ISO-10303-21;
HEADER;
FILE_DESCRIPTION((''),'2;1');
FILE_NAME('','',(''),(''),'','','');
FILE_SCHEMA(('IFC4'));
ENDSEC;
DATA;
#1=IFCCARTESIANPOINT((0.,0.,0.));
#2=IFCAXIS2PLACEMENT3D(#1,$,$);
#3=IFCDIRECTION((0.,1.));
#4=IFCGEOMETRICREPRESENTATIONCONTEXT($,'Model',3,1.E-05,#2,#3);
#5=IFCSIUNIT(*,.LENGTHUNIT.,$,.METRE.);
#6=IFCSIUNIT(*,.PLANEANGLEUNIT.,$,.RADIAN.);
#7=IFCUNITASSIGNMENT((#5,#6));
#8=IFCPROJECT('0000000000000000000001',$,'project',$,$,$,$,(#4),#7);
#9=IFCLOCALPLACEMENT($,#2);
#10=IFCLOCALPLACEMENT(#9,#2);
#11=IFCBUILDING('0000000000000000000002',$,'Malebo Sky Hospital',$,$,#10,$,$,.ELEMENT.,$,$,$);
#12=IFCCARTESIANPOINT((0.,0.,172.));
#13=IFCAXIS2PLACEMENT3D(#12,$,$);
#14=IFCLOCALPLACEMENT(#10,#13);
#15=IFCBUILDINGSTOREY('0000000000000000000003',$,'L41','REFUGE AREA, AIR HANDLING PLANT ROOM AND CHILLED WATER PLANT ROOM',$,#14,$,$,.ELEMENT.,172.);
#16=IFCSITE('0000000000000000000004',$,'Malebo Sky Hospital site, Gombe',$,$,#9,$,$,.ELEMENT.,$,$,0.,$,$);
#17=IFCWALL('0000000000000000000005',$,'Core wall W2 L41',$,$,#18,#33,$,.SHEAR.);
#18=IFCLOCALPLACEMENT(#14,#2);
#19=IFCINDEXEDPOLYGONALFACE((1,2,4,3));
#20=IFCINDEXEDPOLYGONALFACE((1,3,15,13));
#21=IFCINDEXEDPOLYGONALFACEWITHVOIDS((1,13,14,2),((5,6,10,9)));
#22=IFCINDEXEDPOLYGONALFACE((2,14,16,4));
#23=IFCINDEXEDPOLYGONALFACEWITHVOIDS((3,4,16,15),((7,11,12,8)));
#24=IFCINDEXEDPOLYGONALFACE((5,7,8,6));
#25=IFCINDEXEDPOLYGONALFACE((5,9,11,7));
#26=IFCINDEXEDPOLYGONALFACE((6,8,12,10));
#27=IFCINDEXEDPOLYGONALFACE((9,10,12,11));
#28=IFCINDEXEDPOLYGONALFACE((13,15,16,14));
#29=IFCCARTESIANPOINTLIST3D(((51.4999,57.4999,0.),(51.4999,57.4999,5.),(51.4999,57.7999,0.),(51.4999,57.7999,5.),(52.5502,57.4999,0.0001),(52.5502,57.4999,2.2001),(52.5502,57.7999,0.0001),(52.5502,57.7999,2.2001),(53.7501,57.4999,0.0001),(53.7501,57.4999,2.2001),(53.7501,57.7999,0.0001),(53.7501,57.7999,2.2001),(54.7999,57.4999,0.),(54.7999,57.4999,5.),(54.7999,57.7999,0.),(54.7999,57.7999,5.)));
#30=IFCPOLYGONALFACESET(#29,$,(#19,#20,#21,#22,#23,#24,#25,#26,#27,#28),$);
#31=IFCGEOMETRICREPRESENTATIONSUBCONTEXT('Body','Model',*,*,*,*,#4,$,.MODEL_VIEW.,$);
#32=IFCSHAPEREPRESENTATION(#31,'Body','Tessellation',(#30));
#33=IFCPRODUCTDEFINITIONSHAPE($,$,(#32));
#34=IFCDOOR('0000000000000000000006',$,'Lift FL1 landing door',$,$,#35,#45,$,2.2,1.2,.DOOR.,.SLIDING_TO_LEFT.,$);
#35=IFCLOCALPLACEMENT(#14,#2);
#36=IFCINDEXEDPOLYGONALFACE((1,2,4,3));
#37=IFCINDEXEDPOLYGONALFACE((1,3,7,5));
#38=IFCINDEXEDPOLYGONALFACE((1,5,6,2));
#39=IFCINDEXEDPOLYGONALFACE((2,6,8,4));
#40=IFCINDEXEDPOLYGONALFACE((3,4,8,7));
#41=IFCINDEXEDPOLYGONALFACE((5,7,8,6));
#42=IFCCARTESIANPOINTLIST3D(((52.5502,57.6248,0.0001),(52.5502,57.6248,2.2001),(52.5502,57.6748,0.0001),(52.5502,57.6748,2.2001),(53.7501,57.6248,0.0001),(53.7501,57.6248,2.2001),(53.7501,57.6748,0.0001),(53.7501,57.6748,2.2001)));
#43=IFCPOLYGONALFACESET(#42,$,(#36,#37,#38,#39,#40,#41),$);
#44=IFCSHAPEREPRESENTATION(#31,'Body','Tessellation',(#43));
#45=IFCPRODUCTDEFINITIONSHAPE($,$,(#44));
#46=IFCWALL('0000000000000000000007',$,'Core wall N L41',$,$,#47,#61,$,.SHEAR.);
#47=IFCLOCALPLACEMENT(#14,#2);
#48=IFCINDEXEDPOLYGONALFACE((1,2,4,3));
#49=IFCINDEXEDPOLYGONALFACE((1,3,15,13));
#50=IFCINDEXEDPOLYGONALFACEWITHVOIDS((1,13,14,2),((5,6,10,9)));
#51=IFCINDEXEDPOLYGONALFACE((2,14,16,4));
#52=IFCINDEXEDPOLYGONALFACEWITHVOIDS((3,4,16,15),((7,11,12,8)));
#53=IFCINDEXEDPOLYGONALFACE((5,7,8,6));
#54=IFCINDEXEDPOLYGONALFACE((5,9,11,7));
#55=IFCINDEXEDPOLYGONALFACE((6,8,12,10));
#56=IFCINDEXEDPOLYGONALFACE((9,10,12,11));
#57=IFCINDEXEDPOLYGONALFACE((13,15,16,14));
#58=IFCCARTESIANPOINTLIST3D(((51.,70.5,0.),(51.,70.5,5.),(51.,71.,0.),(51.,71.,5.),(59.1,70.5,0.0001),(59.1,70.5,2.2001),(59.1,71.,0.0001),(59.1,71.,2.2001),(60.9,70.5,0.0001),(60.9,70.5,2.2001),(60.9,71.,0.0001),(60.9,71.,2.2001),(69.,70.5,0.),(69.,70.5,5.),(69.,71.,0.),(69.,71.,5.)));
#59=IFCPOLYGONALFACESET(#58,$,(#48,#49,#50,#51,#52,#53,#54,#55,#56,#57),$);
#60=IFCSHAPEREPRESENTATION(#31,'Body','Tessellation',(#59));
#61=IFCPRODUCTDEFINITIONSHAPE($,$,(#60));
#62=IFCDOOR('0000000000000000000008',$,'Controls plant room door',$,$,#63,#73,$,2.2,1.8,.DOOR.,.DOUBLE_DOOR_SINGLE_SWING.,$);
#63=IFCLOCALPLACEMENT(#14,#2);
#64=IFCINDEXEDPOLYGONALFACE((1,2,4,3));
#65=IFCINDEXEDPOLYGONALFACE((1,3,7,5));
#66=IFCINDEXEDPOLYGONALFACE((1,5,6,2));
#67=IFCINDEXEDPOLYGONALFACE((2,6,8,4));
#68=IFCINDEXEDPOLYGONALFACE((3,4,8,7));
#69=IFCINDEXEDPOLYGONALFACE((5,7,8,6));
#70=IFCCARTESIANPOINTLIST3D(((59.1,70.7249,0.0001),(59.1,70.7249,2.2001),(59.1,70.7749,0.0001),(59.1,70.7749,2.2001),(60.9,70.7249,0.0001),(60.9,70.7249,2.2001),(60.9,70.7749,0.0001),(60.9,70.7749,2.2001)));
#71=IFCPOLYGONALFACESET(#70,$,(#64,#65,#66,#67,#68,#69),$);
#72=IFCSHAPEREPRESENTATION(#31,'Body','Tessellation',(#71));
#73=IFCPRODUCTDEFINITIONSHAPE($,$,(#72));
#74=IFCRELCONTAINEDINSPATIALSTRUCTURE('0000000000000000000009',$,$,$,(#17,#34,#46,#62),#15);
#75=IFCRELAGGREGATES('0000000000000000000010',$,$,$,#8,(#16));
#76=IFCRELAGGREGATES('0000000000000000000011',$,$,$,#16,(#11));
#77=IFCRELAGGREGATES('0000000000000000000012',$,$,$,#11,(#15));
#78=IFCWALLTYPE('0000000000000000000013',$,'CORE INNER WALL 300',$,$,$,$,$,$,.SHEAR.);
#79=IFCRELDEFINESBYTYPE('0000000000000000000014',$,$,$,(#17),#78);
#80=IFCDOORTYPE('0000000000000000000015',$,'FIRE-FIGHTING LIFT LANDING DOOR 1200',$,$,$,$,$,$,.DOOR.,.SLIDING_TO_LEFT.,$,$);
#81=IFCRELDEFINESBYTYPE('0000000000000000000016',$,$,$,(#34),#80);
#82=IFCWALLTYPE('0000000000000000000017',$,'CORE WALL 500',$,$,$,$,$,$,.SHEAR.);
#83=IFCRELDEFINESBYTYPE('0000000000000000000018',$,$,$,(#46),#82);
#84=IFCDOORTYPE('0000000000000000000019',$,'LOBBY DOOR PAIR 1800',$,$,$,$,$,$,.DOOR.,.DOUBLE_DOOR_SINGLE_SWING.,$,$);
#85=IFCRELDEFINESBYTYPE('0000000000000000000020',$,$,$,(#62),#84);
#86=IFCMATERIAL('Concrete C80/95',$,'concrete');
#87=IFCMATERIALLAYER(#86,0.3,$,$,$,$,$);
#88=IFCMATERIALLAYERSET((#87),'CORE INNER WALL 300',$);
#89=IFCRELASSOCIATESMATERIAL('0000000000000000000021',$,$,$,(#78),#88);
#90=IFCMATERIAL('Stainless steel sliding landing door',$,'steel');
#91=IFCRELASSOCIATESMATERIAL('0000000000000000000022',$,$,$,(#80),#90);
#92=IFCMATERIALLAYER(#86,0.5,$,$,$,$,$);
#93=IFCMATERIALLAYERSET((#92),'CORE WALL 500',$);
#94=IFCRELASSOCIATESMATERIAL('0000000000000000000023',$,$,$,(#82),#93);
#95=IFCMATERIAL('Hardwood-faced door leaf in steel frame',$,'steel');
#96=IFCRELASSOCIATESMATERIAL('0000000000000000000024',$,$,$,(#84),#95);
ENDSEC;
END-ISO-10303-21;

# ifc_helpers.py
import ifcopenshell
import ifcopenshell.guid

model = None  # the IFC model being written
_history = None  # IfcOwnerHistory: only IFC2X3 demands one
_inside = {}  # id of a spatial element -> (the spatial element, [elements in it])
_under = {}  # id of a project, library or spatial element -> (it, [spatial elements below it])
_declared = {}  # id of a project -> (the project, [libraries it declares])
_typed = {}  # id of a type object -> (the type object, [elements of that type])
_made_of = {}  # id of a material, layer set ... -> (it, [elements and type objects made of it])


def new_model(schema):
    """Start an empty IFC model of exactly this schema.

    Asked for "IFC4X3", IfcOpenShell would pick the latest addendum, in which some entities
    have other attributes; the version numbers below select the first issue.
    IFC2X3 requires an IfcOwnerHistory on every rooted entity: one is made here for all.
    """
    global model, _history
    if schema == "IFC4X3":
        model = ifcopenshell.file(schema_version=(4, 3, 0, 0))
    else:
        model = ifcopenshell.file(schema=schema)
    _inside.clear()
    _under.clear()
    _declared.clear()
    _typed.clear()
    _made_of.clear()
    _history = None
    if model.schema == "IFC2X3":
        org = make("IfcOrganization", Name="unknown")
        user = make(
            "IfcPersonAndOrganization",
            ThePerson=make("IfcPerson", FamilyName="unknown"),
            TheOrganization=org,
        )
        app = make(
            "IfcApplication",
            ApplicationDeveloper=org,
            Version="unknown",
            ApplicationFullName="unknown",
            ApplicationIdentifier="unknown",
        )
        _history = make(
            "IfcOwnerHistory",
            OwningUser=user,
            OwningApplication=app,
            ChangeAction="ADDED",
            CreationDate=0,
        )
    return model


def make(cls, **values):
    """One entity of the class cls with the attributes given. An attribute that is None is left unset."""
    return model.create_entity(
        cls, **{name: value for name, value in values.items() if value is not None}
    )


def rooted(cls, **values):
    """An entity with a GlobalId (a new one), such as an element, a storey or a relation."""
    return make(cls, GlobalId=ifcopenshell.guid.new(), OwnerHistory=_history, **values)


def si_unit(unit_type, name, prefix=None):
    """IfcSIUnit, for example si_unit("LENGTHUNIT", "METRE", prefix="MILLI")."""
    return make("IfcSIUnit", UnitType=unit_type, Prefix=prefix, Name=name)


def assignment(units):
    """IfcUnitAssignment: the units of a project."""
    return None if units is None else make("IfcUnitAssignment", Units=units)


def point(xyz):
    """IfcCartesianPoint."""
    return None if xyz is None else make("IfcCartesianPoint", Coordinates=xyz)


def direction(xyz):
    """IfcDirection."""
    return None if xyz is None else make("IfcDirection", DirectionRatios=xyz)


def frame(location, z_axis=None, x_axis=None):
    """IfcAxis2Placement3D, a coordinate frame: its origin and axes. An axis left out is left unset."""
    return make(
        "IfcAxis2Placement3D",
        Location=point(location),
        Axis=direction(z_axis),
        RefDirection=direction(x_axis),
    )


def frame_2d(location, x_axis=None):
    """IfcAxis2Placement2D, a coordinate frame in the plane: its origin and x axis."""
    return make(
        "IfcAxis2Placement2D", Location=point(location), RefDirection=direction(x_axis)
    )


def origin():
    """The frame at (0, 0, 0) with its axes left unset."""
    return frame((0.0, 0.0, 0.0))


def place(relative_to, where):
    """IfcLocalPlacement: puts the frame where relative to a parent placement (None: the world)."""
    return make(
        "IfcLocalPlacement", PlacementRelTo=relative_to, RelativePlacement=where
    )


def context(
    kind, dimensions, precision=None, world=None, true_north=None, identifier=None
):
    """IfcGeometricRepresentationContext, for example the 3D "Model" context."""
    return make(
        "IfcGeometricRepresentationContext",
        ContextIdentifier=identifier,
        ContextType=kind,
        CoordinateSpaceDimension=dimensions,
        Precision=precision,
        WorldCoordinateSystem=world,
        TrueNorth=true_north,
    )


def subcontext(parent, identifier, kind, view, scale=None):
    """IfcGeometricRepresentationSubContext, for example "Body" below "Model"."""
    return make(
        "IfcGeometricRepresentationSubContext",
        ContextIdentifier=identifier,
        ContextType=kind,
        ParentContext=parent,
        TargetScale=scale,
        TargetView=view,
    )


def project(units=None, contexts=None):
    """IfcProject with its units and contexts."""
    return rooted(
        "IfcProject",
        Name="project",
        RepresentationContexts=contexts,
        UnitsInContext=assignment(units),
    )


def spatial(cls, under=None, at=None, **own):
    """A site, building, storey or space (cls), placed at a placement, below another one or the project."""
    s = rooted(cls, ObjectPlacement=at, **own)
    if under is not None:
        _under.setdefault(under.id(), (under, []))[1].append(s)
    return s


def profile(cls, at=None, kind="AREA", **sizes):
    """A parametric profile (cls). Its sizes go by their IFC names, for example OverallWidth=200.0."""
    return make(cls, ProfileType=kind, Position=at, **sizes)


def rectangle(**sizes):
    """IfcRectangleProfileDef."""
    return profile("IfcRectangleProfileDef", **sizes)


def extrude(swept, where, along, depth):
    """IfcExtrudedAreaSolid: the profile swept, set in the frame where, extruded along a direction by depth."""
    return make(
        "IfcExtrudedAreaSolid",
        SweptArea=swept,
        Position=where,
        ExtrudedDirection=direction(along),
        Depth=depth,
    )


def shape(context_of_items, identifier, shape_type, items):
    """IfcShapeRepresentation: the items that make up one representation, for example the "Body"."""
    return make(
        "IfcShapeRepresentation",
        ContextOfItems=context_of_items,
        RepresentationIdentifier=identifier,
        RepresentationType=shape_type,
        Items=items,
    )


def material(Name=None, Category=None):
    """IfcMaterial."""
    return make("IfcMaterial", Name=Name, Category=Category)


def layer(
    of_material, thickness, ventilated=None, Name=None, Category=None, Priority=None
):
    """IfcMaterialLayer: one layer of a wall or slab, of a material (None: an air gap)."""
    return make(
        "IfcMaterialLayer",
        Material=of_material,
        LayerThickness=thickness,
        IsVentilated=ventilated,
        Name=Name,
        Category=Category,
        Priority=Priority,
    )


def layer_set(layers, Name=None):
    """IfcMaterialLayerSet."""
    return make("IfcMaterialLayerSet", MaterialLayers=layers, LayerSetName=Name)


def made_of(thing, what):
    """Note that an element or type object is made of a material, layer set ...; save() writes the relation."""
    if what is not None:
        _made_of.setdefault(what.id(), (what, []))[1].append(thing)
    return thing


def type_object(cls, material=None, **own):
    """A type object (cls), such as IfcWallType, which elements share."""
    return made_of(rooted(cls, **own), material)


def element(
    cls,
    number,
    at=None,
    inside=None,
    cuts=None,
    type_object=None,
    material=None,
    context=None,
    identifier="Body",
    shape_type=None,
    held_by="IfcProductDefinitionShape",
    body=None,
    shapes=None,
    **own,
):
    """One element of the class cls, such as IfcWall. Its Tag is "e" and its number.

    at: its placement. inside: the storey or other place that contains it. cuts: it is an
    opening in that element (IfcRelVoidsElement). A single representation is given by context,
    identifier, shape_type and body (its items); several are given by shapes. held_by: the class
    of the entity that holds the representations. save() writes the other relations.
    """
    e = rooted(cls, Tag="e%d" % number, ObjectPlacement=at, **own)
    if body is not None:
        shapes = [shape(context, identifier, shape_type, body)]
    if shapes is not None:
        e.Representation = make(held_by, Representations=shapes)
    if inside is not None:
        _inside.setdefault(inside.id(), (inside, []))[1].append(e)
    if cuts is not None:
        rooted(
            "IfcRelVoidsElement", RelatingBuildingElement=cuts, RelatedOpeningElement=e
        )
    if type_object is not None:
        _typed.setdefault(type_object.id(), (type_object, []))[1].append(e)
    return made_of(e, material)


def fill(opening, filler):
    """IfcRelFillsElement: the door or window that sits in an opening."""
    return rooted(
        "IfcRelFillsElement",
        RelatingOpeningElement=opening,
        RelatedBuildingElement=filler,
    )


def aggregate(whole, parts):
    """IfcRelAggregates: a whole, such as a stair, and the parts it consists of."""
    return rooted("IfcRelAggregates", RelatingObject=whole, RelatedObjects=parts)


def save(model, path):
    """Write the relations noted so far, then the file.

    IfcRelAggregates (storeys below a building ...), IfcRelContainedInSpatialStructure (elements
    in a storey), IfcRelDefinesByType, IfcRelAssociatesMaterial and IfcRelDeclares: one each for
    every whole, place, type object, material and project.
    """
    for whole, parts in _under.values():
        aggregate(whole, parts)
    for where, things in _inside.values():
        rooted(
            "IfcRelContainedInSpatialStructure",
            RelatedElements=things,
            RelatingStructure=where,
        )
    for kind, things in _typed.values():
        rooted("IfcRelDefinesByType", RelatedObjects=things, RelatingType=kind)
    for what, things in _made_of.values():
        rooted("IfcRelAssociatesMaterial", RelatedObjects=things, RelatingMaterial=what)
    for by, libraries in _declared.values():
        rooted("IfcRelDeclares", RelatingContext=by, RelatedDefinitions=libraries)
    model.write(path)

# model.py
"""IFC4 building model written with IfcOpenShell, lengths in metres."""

from ifc_helpers import new_model, si_unit, direction, frame, frame_2d, origin, place, context, subcontext, project, spatial, rectangle, extrude, material, layer, layer_set, type_object, element, fill, save


model = new_model("IFC4")

# Units and contexts
model_context = context("Model", 3, precision=1e-05, world=origin(), true_north=direction((0.0, 1.0)))
body_context = subcontext(model_context, "Body", "Model", "MODEL_VIEW")
ifc_project = project(units=[si_unit("LENGTHUNIT", "METRE"), si_unit("PLANEANGLEUNIT", "RADIAN")], contexts=[model_context])

# Site, building, storey
site_placement = place(None, origin())
site = spatial("IfcSite", under=ifc_project, at=site_placement, Name="Malebo Sky Hospital site, Gombe", CompositionType="ELEMENT", RefElevation=0.0)
building_placement = place(site_placement, origin())
building = spatial("IfcBuilding", under=site, at=building_placement, Name="Malebo Sky Hospital", CompositionType="ELEMENT")
storey_placement = place(building_placement, frame((0.0, 0.0, 172.0)))
storey = spatial("IfcBuildingStorey", under=building, at=storey_placement, Name="L41", Description="REFUGE AREA, AIR HANDLING PLANT ROOM AND CHILLED WATER PLANT ROOM", CompositionType="ELEMENT", Elevation=172.0)

# Shared definitions
ifc_material_1 = material(Name="Concrete C80/95", Category="concrete")

# Walls, openings, doors
ifc_layer_1 = layer(ifc_material_1, 0.3)
ifc_layer_set_1 = layer_set([ifc_layer_1], Name="CORE INNER WALL 300")
wall_type_1 = type_object("IfcWallType", Name="CORE INNER WALL 300", PredefinedType="SHEAR", material=ifc_layer_set_1)
ifc_material_2 = material(Name="Hardwood-faced door leaf in steel frame", Category="steel")
wall_1_placement = place(storey_placement, frame((51.5, 57.6499, 0.0), z_axis=(0.0, 0.0, 1.0), x_axis=(1.0, 0.0, 0.0)))
wall_1 = element("IfcWall", 1, at=wall_1_placement, inside=storey, type_object=wall_type_1, Name="Core wall W2 L41", PredefinedType="SHEAR", context=body_context, shape_type="SweptSolid", body=[
    extrude(rectangle(XDim=3.3, YDim=0.3, at=frame_2d((1.6499, 0.0))), origin(), (0.0, 0.0, 1.0), 5.0),
])
opening_1_placement = place(wall_1_placement, frame((1.05, 0.0, 0.0)))
opening_1 = element("IfcOpeningElement", 2, at=opening_1_placement, cuts=wall_1, PredefinedType="OPENING", context=body_context, shape_type="SweptSolid", body=[
    extrude(rectangle(XDim=1.2, YDim=2.2, at=frame_2d((0.6001, 1.1001))), frame((0.0, 0.1599, 0.0), z_axis=(0.0, -1.0, 0.0), x_axis=(1.0, 0.0, 0.0)), (0.0, 0.0, 1.0), 0.3201),
])
ifc_material_3 = material(Name="Stainless steel sliding landing door", Category="steel")
door_type_1 = type_object("IfcDoorType", Name="FIRE-FIGHTING LIFT LANDING DOOR 1200", OperationType="SLIDING_TO_LEFT", PredefinedType="DOOR", material=ifc_material_3)
door_1_placement = place(opening_1_placement, origin())
door_1 = element("IfcDoor", 3, at=door_1_placement, inside=storey, type_object=door_type_1, Name="Lift FL1 landing door", OperationType="SLIDING_TO_LEFT", OverallHeight=2.2, OverallWidth=1.2, PredefinedType="DOOR", context=body_context, shape_type="SweptSolid", body=[
    extrude(rectangle(XDim=1.2, YDim=2.2, at=frame_2d((0.6001, 1.1001))), frame((0.0, 0.0249, 0.0), z_axis=(0.0, -1.0, 0.0), x_axis=(1.0, 0.0, 0.0)), (0.0, 0.0, 1.0), 0.05),
])
fill(opening_1, door_1)
ifc_layer_2 = layer(ifc_material_1, 0.5)
ifc_layer_set_2 = layer_set([ifc_layer_2], Name="CORE WALL 500")
wall_type_2 = type_object("IfcWallType", Name="CORE WALL 500", PredefinedType="SHEAR", material=ifc_layer_set_2)
wall_2_placement = place(storey_placement, frame((51.0, 70.75, 0.0), z_axis=(0.0, 0.0, 1.0), x_axis=(1.0, 0.0, 0.0)))
wall_2 = element("IfcWall", 4, at=wall_2_placement, inside=storey, type_object=wall_type_2, Name="Core wall N L41", PredefinedType="SHEAR", context=body_context, shape_type="SweptSolid", body=[
    extrude(rectangle(XDim=18.0, YDim=0.5, at=frame_2d((9.0, 0.0))), origin(), (0.0, 0.0, 1.0), 5.0),
])
opening_2_placement = place(wall_2_placement, frame((8.1001, 0.0, 0.0)))
opening_2 = element("IfcOpeningElement", 5, at=opening_2_placement, cuts=wall_2, PredefinedType="OPENING", context=body_context, shape_type="SweptSolid", body=[
    extrude(rectangle(XDim=1.8, YDim=2.2, at=frame_2d((0.8999, 1.1001))), frame((0.0, 0.26, 0.0), z_axis=(0.0, -1.0, 0.0), x_axis=(1.0, 0.0, 0.0)), (0.0, 0.0, 1.0), 0.52),
])
door_type_2 = type_object("IfcDoorType", Name="LOBBY DOOR PAIR 1800", OperationType="DOUBLE_DOOR_SINGLE_SWING", PredefinedType="DOOR", material=ifc_material_2)
door_2_placement = place(opening_2_placement, origin())
door_2 = element("IfcDoor", 6, at=door_2_placement, inside=storey, type_object=door_type_2, Name="Controls plant room door", OperationType="DOUBLE_DOOR_SINGLE_SWING", OverallHeight=2.2, OverallWidth=1.8, PredefinedType="DOOR", context=body_context, shape_type="SweptSolid", body=[
    extrude(rectangle(XDim=1.8, YDim=2.2, at=frame_2d((0.8999, 1.1001))), frame((0.0, 0.0249, 0.0), z_axis=(0.0, -1.0, 0.0), x_axis=(1.0, 0.0, 0.0)), (0.0, 0.0, 1.0), 0.05),
])
fill(opening_2, door_2)

save(model, "model.ifc")
